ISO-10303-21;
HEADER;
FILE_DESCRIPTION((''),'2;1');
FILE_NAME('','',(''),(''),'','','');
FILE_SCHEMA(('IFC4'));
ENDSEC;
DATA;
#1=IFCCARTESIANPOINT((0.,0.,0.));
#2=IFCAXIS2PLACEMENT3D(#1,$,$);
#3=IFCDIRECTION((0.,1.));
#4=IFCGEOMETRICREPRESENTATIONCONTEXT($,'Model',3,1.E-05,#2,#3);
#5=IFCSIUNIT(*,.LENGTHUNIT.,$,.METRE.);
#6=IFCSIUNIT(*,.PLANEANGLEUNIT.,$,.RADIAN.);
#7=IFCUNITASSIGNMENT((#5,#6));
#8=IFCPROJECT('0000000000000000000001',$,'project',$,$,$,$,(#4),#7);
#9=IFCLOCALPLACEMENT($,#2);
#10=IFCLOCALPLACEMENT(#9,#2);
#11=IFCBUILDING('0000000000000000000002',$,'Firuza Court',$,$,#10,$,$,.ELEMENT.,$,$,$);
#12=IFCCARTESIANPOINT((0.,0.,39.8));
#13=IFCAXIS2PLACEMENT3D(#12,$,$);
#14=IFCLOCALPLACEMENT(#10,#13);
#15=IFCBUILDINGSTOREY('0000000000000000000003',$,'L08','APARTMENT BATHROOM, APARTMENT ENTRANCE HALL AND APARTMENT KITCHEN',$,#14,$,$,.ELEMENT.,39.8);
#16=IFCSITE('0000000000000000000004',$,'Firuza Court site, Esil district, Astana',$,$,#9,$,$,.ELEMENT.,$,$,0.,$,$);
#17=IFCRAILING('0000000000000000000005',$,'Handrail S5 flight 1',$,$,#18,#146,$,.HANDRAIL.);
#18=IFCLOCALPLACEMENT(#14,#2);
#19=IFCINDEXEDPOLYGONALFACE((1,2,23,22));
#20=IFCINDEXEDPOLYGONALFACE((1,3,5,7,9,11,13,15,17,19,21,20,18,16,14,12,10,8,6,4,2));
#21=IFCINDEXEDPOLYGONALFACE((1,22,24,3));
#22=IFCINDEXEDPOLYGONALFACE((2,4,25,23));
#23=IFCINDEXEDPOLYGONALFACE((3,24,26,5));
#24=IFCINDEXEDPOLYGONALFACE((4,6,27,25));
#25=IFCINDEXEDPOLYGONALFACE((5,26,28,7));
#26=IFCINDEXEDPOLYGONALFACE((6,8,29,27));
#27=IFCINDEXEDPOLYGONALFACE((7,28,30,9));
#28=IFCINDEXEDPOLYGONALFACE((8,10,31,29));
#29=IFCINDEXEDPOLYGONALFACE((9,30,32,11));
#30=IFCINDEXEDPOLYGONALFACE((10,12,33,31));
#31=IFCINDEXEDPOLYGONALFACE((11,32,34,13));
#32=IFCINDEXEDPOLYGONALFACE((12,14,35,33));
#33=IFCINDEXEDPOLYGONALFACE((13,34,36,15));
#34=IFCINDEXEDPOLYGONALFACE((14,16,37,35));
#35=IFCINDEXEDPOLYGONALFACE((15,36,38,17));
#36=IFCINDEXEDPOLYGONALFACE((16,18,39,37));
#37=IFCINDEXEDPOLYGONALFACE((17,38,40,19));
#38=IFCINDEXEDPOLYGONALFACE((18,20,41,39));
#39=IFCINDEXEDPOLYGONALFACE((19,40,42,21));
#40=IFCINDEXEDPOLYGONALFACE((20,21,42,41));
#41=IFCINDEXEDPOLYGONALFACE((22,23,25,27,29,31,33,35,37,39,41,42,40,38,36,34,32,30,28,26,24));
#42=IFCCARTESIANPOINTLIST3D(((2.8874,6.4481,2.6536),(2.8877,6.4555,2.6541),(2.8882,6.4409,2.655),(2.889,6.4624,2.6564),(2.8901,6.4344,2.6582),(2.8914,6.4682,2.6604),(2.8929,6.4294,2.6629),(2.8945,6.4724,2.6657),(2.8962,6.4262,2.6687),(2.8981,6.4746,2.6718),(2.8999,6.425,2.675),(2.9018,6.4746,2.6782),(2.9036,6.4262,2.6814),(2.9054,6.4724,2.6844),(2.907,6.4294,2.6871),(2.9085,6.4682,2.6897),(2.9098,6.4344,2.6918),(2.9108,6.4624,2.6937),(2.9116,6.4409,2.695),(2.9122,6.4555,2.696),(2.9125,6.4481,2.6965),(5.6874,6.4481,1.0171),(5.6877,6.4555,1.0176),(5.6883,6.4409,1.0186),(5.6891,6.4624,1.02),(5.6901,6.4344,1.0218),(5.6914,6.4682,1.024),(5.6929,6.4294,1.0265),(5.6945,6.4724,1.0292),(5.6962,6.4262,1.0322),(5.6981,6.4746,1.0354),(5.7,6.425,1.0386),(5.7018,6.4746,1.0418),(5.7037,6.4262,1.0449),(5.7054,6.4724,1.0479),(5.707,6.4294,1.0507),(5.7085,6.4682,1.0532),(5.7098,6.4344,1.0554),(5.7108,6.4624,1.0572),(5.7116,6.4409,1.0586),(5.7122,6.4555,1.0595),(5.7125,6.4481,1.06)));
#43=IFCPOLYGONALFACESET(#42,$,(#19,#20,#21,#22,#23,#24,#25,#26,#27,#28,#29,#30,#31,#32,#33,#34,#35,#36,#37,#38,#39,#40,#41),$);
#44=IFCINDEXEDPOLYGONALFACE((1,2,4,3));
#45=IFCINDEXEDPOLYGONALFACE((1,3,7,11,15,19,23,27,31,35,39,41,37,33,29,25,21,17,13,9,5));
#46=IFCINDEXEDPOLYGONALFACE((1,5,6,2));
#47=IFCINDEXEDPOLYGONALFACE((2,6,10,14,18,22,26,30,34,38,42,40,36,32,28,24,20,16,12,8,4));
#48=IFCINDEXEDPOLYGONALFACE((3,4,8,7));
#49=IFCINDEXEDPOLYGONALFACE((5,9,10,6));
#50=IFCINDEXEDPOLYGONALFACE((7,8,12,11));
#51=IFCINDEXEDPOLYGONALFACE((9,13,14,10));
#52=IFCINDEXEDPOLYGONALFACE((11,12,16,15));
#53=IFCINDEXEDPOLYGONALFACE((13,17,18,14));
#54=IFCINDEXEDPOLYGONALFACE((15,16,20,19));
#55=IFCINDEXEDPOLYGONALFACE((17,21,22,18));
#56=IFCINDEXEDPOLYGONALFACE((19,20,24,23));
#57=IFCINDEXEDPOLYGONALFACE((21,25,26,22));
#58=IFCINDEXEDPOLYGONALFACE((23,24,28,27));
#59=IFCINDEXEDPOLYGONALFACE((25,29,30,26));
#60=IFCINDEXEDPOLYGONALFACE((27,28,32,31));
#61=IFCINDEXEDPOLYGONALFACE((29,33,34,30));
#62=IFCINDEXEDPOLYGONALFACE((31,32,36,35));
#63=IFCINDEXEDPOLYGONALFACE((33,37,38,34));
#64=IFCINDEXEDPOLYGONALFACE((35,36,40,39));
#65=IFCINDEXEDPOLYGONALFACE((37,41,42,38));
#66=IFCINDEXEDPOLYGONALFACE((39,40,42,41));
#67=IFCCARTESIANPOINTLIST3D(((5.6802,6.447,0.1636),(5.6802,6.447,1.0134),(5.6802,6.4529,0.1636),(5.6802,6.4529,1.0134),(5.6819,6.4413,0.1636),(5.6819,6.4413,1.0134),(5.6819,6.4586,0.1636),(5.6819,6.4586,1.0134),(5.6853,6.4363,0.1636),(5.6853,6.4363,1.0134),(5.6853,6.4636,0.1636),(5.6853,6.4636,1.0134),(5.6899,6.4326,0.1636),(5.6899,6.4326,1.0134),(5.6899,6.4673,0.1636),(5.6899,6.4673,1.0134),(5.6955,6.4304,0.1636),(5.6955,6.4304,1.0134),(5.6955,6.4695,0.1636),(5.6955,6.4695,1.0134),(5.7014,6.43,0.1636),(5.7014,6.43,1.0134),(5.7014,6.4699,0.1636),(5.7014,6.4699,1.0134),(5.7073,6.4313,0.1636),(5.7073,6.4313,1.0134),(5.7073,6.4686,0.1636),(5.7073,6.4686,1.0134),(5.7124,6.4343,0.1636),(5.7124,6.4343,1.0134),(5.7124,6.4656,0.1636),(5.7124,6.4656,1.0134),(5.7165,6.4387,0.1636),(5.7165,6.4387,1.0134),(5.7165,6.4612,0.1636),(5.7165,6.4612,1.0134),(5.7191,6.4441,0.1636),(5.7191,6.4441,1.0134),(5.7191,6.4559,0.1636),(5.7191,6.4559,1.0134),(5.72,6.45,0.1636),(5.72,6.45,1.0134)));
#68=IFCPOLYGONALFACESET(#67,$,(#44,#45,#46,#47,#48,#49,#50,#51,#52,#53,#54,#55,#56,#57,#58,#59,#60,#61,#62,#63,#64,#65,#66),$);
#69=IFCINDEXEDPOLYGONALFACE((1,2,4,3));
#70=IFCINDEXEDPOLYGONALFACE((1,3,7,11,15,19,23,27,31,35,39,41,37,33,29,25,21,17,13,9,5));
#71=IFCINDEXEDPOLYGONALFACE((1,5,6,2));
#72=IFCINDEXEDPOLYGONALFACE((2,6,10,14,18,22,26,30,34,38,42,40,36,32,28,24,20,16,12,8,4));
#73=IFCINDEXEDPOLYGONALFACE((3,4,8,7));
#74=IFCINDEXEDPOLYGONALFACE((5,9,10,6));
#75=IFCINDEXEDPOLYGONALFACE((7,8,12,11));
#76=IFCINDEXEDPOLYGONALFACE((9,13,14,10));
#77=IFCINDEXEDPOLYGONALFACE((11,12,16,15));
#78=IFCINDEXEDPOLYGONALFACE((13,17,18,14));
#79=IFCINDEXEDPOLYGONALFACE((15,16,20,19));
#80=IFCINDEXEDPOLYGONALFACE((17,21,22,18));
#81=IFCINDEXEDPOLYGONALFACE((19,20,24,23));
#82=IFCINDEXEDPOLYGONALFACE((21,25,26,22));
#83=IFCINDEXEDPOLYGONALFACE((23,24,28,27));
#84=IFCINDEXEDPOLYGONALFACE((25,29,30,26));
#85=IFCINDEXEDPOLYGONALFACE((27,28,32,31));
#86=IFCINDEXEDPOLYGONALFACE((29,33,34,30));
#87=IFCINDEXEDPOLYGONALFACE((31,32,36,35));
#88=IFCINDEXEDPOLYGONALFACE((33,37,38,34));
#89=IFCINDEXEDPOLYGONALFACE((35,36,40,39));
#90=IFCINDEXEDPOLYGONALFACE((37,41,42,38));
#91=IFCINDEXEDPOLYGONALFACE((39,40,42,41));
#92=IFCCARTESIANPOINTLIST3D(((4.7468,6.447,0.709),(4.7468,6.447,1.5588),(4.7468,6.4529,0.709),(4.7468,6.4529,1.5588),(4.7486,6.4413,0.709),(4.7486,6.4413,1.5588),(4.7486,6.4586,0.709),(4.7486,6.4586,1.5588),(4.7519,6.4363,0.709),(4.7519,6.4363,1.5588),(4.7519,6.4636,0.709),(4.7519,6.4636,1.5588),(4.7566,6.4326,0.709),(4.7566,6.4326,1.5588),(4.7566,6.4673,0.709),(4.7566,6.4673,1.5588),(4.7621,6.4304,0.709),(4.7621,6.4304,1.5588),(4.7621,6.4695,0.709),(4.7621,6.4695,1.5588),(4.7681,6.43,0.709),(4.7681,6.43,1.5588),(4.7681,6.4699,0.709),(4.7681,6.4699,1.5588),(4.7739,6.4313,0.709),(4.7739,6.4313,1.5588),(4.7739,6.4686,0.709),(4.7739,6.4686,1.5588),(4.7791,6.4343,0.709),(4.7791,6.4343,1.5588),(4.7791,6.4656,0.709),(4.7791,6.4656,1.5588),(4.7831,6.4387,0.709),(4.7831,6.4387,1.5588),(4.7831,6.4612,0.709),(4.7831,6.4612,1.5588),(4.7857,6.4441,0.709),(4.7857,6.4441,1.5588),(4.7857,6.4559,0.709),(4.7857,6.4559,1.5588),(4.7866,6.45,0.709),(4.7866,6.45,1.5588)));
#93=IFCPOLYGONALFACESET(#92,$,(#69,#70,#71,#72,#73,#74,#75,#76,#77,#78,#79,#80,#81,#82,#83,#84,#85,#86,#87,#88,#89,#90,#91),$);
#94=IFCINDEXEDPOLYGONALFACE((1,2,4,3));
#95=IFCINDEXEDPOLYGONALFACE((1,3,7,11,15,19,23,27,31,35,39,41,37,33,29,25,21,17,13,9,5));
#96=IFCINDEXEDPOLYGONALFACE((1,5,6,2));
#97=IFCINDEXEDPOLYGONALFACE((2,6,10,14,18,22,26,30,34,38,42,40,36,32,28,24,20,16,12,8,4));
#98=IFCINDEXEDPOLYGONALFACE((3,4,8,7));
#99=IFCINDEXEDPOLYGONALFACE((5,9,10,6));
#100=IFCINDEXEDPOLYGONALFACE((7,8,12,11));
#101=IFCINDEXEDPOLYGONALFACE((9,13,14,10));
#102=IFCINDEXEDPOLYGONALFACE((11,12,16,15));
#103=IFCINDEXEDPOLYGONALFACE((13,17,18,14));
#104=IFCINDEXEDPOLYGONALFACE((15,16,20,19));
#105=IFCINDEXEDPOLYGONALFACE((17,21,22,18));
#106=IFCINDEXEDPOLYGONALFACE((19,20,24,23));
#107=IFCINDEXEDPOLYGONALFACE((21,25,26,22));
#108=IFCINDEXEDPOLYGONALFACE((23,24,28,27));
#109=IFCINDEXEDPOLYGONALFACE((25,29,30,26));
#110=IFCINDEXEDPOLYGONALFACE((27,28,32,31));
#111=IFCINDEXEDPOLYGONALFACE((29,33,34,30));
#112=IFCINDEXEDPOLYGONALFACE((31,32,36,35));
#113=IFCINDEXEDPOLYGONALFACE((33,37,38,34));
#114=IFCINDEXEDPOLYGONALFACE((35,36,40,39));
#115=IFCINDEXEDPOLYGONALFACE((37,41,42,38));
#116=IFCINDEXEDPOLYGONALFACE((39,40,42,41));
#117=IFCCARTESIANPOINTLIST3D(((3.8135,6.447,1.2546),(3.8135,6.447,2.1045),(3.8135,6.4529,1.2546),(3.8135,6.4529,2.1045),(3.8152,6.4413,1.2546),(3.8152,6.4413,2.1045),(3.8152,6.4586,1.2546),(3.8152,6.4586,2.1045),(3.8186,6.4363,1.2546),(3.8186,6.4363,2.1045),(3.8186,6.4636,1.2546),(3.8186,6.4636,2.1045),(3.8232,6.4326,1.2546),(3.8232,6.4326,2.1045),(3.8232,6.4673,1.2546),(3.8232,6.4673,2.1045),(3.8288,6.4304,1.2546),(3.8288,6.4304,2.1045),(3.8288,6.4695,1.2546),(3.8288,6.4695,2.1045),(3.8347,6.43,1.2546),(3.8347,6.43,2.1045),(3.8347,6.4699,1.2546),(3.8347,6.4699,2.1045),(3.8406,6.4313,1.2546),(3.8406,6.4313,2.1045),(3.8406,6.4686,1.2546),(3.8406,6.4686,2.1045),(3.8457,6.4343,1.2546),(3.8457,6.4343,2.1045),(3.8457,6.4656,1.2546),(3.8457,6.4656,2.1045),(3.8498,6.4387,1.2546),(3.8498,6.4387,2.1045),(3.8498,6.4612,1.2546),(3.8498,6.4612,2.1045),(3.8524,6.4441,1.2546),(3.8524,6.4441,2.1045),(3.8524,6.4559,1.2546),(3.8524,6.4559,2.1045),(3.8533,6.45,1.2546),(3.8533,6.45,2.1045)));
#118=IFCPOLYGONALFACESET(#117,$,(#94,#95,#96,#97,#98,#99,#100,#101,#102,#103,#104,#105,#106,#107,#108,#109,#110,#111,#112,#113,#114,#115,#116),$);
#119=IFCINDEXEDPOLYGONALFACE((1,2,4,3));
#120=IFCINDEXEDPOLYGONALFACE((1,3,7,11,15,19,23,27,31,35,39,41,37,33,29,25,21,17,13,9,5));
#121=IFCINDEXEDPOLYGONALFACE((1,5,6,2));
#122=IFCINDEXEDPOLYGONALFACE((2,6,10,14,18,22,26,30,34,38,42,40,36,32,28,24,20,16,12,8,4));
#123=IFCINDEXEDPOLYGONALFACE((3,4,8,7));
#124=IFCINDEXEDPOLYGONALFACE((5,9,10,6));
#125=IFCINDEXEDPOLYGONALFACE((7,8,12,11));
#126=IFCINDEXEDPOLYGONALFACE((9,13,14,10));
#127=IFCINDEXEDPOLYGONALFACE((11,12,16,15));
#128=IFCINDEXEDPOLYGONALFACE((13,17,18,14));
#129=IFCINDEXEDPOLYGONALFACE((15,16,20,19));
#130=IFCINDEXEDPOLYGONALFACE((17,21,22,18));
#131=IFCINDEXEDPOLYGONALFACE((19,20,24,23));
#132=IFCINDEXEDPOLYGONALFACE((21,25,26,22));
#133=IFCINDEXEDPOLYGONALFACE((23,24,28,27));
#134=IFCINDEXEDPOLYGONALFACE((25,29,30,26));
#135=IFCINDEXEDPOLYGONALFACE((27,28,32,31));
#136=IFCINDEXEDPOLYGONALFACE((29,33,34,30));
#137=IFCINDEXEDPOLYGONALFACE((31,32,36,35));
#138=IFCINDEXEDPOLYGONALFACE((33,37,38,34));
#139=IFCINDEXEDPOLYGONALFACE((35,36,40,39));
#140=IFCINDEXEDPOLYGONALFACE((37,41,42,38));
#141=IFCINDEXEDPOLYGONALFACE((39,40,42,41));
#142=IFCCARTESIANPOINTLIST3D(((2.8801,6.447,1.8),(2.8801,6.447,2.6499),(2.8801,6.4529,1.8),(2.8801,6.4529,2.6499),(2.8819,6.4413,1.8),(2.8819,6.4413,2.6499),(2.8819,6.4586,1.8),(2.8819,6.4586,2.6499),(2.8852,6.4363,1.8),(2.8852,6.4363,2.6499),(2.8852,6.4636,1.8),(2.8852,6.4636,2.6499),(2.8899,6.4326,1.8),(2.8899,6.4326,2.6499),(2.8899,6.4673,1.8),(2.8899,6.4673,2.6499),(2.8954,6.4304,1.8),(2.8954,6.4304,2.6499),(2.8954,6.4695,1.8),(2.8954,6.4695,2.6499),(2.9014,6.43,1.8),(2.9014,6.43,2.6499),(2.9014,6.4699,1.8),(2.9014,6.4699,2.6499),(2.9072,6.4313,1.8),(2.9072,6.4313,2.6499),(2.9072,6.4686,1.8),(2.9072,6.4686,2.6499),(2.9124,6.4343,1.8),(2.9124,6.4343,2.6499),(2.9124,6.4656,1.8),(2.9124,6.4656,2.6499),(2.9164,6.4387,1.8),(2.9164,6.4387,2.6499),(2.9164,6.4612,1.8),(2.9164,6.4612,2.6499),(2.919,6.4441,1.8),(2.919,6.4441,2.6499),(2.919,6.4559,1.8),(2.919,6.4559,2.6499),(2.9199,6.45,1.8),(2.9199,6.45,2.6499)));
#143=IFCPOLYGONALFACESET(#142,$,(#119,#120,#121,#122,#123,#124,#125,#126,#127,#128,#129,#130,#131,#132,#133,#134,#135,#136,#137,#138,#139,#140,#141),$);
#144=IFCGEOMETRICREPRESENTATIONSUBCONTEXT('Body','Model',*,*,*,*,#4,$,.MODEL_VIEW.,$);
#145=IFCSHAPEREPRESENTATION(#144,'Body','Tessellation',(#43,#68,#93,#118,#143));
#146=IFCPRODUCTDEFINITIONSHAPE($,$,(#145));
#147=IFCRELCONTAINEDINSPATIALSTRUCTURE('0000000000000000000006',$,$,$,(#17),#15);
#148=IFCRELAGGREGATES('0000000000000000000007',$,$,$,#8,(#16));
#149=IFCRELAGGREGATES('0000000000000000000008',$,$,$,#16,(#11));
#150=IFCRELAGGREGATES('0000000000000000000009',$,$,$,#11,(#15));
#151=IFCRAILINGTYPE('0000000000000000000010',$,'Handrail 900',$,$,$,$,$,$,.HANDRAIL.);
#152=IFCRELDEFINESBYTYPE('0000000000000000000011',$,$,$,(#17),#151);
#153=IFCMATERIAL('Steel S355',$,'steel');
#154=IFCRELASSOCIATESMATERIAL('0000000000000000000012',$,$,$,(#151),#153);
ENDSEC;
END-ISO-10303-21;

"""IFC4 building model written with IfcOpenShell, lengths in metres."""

from ifc_helpers import new_model, si_unit, direction, frame, origin, origin_2d, place, context, subcontext, project, spatial, circle, extrude, material, type_object, element, save


model = new_model("IFC4")

# Units and contexts
model_context = context("Model", 3, precision=1e-05, world=origin(), true_north=direction((0.0, 1.0)))
body_context = subcontext(model_context, "Body", "Model", "MODEL_VIEW")
ifc_project = project(units=[si_unit("LENGTHUNIT", "METRE"), si_unit("PLANEANGLEUNIT", "RADIAN")], contexts=[model_context])

# Site, building, storey
site_placement = place(None, origin())
site = spatial("IfcSite", under=ifc_project, at=site_placement, Name="Firuza Court site, Esil district, Astana", CompositionType="ELEMENT", RefElevation=0.0)
building_placement = place(site_placement, origin())
building = spatial("IfcBuilding", under=site, at=building_placement, Name="Firuza Court", CompositionType="ELEMENT")
storey_placement = place(building_placement, frame((0.0, 0.0, 39.8)))
storey = spatial("IfcBuildingStorey", under=building, at=storey_placement, Name="L08", Description="APARTMENT BATHROOM, APARTMENT ENTRANCE HALL AND APARTMENT KITCHEN", CompositionType="ELEMENT", Elevation=39.8)

# Railing
ifc_material_1 = material(Name="Steel S355", Category="steel")
railing_type_1 = type_object("IfcRailingType", Name="Handrail 900", PredefinedType="HANDRAIL", material=ifc_material_1)
railing_1_placement = place(storey_placement, frame((5.7, 6.45, 0.1636)))
element("IfcRailing", 1, at=railing_1_placement, inside=storey, type_object=railing_type_1, Name="Handrail S5 flight 1", PredefinedType="HANDRAIL", context=body_context, shape_type="SweptSolid", body=[
    extrude(circle(Radius=0.0249, at=origin_2d()), frame((0.0, 0.0, 0.875), z_axis=(-0.863361, 0.0, 0.504587), x_axis=(0.0, -1.0, 0.0)), (0.0, 0.0, 1.0), 3.2432),
    extrude(circle(Radius=0.02, at=origin_2d()), origin(), (0.0, 0.0, 1.0), 0.8499),
    extrude(circle(Radius=0.02, at=origin_2d()), frame((-0.9333, 0.0, 0.5454)), (0.0, 0.0, 1.0), 0.8499),
    extrude(circle(Radius=0.02, at=origin_2d()), frame((-1.8667, 0.0, 1.0911)), (0.0, 0.0, 1.0), 0.8499),
    extrude(circle(Radius=0.02, at=origin_2d()), frame((-2.8, 0.0, 1.6365)), (0.0, 0.0, 1.0), 0.8499),
])

save(model, "model.ifc")
